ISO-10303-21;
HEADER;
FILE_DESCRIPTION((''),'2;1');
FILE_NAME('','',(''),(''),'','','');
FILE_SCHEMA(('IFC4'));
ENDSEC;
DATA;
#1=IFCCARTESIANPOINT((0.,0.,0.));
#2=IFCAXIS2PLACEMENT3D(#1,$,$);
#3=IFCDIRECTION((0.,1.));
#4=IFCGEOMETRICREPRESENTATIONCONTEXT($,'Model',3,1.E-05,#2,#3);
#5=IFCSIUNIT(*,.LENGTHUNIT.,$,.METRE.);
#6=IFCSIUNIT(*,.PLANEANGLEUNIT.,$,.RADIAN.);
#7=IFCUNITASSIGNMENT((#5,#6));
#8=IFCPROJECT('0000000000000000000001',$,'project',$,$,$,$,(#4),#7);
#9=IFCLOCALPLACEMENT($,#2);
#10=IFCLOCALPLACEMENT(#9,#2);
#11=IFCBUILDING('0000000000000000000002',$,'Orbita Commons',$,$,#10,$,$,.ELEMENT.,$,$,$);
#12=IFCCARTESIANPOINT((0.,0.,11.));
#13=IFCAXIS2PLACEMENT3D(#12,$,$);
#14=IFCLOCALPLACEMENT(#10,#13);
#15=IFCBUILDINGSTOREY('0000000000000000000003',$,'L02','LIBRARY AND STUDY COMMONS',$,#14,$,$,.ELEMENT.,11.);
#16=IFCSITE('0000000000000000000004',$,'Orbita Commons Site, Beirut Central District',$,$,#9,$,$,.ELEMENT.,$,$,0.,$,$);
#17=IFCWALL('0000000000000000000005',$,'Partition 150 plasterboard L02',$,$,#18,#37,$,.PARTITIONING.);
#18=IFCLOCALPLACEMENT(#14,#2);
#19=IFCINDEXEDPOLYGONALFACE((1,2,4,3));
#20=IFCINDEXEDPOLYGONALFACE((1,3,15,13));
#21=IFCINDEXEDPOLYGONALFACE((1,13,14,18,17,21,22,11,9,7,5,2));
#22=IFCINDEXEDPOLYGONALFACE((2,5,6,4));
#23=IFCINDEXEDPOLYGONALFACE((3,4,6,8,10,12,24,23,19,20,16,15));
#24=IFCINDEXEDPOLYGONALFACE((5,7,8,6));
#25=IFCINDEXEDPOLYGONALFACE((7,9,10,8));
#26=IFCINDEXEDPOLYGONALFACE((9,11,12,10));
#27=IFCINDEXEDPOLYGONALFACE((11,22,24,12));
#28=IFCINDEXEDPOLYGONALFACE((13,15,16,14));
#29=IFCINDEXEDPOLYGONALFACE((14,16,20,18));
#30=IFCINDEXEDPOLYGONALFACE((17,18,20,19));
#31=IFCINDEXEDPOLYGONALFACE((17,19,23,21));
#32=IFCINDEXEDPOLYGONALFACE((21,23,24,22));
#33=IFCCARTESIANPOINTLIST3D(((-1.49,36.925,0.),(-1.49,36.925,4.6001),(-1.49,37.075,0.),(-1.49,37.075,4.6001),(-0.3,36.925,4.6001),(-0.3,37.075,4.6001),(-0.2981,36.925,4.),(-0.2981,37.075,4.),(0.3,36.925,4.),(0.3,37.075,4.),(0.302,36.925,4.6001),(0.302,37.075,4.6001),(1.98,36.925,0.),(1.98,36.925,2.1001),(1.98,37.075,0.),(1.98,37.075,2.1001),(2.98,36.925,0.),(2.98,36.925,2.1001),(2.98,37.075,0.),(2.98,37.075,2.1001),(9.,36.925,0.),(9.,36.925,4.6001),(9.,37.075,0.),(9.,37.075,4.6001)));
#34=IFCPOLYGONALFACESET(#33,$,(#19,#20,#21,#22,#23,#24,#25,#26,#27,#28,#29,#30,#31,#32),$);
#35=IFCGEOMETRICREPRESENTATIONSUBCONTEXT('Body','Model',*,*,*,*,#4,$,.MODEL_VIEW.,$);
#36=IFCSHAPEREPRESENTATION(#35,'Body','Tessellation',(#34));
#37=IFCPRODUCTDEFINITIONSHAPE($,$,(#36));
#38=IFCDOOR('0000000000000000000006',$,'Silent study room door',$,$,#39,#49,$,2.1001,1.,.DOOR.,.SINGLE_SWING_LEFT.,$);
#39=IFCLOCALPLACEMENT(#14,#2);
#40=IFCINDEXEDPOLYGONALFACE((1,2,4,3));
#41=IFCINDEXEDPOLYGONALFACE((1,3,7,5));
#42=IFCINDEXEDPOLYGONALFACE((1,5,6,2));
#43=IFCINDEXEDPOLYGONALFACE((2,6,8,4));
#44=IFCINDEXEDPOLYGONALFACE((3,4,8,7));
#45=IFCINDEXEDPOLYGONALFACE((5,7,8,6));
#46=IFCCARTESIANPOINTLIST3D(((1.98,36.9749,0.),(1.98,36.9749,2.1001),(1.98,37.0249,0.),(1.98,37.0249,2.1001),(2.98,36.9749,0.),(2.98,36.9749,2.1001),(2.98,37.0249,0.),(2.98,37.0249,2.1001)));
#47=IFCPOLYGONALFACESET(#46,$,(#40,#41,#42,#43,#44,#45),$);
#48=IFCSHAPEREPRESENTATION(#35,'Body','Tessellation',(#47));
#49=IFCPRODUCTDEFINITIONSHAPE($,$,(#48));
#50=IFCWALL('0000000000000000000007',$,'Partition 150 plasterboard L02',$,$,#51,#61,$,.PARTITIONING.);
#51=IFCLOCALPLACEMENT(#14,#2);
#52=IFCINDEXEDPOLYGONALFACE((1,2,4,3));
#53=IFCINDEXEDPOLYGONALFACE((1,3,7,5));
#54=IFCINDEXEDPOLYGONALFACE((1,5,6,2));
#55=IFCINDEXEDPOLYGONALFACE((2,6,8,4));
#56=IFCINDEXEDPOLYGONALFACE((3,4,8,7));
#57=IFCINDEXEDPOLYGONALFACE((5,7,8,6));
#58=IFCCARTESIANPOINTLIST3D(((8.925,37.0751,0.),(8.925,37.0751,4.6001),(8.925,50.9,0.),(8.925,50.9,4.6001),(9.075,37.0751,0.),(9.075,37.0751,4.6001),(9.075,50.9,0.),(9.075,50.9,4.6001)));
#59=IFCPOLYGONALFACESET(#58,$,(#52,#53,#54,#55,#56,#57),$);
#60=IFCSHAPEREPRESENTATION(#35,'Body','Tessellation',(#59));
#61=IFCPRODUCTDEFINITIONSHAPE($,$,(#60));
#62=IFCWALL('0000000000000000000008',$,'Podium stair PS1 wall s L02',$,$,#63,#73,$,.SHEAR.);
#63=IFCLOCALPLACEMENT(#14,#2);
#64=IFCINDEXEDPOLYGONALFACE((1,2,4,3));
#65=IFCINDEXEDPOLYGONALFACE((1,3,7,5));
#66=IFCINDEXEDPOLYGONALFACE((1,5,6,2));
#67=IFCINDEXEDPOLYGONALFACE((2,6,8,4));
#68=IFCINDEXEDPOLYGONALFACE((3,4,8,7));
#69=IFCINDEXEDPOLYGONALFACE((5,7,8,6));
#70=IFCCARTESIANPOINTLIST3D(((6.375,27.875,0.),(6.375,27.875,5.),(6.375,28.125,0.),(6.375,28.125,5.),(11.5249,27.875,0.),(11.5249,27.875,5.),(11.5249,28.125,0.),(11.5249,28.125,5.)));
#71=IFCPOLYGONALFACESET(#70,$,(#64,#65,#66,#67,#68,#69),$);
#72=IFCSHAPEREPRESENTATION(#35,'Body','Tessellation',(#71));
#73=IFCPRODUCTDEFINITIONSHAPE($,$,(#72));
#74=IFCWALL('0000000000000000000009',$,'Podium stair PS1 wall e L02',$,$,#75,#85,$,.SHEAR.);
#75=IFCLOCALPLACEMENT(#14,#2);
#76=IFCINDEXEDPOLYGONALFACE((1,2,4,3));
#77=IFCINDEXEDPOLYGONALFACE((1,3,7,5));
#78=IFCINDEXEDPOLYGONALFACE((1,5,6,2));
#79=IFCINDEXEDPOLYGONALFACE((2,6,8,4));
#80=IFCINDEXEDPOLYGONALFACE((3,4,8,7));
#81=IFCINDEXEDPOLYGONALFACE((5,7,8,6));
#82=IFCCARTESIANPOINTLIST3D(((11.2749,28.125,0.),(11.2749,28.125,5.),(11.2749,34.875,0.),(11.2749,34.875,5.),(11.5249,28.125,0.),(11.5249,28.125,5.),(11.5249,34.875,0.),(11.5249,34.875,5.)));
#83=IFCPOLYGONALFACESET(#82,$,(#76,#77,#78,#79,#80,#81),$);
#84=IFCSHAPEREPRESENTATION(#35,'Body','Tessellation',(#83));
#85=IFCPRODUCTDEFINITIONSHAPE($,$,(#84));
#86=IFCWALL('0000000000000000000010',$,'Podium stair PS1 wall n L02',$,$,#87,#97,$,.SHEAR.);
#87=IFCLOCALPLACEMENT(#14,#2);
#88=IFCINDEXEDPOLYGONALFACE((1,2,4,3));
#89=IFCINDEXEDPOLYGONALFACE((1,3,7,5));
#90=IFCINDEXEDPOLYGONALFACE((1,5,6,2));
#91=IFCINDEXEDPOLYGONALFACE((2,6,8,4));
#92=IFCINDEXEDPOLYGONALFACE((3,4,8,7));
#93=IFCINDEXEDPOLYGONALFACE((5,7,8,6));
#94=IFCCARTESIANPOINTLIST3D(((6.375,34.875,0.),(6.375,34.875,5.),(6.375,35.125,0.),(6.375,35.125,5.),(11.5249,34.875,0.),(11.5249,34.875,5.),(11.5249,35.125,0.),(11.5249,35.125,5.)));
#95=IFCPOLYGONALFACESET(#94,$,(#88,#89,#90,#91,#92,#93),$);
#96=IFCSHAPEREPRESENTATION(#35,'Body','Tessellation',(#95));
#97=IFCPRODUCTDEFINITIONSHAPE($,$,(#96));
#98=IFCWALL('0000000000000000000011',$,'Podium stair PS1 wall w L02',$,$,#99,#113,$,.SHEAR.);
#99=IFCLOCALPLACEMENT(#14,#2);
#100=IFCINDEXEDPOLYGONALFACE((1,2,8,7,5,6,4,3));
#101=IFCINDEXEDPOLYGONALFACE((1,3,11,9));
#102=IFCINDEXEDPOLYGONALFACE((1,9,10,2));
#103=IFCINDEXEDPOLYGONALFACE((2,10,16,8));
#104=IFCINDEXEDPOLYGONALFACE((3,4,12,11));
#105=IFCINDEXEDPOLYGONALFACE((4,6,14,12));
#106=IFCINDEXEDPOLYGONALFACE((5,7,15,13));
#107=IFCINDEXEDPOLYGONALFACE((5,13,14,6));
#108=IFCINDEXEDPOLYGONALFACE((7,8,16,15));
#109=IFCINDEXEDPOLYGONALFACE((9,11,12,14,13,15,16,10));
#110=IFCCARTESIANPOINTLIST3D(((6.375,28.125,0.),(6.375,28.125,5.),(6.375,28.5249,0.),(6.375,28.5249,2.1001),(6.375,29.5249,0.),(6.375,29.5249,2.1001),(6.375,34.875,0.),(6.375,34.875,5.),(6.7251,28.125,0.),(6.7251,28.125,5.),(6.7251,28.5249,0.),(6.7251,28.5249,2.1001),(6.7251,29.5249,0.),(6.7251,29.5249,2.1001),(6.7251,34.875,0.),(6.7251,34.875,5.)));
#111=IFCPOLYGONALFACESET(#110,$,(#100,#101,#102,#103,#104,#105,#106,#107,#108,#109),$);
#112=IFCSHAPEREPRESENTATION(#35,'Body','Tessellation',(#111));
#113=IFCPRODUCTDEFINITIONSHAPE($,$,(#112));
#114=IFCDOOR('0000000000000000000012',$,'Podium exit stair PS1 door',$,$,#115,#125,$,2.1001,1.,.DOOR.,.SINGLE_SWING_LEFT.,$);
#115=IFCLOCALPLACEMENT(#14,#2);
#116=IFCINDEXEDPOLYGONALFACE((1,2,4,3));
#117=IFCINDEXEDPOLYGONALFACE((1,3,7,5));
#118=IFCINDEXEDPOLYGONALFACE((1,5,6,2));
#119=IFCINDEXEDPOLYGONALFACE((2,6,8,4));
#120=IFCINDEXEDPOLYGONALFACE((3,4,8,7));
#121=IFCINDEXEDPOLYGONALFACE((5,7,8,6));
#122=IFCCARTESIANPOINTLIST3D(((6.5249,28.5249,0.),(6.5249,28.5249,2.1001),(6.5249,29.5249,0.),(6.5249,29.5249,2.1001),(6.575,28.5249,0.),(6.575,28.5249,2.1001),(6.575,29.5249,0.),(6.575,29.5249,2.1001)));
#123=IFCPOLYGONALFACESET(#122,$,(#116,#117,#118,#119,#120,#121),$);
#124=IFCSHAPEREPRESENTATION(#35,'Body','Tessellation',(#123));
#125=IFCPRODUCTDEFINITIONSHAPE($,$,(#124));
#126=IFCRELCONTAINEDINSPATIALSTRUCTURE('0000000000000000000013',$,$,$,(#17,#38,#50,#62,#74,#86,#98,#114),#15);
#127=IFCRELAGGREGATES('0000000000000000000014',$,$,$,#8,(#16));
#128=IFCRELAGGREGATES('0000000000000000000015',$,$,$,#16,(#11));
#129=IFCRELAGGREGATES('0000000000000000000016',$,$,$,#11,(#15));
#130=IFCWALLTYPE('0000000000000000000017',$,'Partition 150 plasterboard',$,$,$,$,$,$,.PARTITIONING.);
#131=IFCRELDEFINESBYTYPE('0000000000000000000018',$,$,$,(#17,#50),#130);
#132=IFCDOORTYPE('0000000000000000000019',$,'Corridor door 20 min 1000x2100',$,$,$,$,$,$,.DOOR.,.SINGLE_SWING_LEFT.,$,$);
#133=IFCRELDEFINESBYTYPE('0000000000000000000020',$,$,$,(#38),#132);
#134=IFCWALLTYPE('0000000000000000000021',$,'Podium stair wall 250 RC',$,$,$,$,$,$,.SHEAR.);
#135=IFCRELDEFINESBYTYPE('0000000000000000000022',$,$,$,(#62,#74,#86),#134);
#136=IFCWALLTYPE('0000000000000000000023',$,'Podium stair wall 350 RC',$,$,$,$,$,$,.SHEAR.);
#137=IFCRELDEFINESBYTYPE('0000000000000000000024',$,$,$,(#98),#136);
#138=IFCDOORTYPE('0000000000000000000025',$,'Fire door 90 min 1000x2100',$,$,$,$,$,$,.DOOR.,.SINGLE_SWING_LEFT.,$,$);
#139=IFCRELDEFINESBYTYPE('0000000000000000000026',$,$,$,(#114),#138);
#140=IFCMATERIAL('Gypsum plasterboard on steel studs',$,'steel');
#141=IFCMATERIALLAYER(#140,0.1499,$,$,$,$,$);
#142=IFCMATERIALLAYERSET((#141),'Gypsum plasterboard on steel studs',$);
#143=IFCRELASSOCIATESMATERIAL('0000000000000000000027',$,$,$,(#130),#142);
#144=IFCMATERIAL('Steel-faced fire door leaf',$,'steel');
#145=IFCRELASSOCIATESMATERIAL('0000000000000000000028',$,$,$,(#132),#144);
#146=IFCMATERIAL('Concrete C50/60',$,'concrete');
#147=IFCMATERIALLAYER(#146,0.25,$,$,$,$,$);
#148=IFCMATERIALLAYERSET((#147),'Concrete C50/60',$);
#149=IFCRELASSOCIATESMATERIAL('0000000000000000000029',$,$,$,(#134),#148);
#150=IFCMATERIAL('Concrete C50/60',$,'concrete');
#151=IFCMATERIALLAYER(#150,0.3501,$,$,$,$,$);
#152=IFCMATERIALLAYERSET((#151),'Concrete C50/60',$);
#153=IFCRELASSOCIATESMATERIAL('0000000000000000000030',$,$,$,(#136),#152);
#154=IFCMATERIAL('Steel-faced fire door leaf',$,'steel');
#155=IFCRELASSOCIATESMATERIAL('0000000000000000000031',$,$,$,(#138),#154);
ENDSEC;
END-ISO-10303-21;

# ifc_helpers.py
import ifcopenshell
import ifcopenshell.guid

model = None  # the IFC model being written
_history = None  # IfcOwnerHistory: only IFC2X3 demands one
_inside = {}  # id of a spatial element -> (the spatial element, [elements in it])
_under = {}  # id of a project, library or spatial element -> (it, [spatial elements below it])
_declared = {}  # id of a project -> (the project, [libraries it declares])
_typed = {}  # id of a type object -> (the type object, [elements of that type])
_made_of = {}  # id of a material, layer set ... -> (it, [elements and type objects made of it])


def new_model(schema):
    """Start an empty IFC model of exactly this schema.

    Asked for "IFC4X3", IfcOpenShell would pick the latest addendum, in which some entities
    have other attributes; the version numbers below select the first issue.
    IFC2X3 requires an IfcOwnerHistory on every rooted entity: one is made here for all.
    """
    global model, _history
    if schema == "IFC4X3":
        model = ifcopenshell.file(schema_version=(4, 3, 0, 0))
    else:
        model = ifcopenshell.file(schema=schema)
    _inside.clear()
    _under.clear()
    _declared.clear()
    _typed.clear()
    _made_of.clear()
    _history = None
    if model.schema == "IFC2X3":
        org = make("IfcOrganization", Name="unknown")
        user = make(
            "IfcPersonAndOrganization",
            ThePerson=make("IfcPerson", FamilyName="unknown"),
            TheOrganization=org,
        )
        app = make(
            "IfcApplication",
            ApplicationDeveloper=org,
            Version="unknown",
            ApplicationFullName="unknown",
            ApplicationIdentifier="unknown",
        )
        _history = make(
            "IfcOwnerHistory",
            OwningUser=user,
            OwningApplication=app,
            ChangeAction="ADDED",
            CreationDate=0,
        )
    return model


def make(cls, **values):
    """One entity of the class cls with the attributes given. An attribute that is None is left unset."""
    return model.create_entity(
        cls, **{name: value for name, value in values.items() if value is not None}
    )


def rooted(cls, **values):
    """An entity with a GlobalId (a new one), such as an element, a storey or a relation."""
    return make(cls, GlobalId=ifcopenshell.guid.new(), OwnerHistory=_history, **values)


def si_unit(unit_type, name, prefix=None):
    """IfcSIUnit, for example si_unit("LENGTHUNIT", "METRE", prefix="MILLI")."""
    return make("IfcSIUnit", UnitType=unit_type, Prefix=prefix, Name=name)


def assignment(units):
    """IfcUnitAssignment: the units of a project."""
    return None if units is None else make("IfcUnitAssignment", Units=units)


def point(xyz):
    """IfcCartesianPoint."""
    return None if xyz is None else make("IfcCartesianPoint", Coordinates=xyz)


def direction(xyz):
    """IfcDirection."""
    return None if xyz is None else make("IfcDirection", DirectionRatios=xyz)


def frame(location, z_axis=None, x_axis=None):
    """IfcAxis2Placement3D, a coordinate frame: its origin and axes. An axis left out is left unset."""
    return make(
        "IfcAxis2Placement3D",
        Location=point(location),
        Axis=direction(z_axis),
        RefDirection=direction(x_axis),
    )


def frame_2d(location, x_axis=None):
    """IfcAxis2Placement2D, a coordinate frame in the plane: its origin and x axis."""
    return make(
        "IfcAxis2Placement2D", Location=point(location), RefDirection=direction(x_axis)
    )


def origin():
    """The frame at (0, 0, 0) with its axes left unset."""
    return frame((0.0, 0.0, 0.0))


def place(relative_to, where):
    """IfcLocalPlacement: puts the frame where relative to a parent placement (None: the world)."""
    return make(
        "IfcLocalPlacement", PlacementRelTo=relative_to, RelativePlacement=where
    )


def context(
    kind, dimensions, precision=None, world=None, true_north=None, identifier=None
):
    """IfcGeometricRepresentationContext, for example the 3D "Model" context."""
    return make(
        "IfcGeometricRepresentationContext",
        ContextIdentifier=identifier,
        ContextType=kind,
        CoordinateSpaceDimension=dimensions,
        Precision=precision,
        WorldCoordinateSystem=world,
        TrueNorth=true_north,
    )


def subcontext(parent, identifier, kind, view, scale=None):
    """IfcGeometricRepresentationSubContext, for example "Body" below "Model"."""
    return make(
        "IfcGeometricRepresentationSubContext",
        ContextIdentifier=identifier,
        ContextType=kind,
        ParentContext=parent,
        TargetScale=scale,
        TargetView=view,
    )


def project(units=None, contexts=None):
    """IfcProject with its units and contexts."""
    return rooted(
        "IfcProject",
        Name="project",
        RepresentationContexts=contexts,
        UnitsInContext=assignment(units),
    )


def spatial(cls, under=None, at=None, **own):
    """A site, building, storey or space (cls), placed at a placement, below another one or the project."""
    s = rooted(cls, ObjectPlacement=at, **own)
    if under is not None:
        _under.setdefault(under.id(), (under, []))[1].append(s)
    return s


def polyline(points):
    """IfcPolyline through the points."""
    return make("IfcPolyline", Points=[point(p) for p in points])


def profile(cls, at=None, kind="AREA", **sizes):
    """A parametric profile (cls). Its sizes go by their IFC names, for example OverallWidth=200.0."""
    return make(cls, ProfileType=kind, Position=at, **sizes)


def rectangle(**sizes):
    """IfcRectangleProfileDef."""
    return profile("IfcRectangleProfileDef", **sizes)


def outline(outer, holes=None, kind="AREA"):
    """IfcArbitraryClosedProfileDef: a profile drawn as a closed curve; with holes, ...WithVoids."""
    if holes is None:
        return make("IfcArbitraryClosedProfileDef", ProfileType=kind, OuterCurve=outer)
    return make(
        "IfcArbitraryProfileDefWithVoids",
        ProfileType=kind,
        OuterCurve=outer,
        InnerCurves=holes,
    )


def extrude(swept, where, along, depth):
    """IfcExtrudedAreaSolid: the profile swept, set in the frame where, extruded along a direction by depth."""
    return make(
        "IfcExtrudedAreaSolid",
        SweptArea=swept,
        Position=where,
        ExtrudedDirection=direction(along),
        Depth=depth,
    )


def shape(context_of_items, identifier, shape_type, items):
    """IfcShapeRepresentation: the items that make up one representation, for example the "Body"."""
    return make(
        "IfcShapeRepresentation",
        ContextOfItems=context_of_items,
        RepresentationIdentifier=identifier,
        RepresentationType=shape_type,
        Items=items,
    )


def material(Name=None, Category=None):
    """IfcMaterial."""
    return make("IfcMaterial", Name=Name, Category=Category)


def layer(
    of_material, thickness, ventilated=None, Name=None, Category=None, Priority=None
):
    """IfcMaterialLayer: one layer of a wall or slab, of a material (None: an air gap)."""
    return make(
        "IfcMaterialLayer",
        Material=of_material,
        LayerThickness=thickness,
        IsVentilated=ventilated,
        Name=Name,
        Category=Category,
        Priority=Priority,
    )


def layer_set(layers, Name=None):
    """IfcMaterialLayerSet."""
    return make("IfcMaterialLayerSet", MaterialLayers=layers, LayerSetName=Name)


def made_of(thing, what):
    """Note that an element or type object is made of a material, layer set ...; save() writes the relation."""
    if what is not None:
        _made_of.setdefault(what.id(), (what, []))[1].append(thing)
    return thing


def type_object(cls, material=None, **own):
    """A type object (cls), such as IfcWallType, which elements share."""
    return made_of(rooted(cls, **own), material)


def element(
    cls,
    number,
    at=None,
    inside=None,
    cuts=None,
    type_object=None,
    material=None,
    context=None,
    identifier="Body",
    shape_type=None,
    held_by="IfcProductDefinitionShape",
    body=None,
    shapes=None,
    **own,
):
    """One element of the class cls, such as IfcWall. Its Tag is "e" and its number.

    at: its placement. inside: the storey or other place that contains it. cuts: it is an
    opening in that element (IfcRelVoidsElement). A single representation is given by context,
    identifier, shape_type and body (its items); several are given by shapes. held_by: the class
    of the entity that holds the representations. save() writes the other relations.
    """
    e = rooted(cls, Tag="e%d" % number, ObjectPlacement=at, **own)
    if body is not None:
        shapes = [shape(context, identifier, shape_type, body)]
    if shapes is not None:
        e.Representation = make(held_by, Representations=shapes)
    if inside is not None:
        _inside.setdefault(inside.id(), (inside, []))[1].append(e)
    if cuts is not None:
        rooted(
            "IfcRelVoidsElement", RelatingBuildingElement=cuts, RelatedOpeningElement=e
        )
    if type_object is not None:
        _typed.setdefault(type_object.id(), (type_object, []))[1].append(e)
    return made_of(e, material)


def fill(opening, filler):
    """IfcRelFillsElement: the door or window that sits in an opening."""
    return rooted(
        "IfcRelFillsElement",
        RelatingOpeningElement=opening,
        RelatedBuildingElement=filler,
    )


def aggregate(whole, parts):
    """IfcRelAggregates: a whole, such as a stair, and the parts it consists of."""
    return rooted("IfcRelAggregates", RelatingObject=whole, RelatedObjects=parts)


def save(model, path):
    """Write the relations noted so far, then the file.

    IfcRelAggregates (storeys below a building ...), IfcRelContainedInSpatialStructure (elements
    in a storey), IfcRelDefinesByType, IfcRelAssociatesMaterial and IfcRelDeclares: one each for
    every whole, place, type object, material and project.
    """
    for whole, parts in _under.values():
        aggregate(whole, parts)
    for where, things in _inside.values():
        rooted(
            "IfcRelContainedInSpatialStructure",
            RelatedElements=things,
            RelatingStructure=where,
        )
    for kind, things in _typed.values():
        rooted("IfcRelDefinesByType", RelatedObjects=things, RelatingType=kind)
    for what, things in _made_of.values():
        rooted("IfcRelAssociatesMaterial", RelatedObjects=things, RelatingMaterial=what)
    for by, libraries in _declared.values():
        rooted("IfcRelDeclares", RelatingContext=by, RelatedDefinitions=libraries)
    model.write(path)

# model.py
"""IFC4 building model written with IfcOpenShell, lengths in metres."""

from ifc_helpers import new_model, si_unit, direction, frame, frame_2d, origin, place, context, subcontext, project, spatial, polyline, rectangle, outline, extrude, material, layer, layer_set, type_object, element, fill, save


model = new_model("IFC4")

# Units and contexts
model_context = context("Model", 3, precision=1e-05, world=origin(), true_north=direction((0.0, 1.0)))
body_context = subcontext(model_context, "Body", "Model", "MODEL_VIEW")
ifc_project = project(units=[si_unit("LENGTHUNIT", "METRE"), si_unit("PLANEANGLEUNIT", "RADIAN")], contexts=[model_context])

# Site, building, storey
site_placement = place(None, origin())
site = spatial("IfcSite", under=ifc_project, at=site_placement, Name="Orbita Commons Site, Beirut Central District", CompositionType="ELEMENT", RefElevation=0.0)
building_placement = place(site_placement, origin())
building = spatial("IfcBuilding", under=site, at=building_placement, Name="Orbita Commons", CompositionType="ELEMENT")
storey_placement = place(building_placement, frame((0.0, 0.0, 11.0)))
storey = spatial("IfcBuildingStorey", under=building, at=storey_placement, Name="L02", Description="LIBRARY AND STUDY COMMONS", CompositionType="ELEMENT", Elevation=11.0)

# Wall, opening, door
ifc_material_1 = material(Name="Gypsum plasterboard on steel studs", Category="steel")
ifc_layer_1 = layer(ifc_material_1, 0.1499)
ifc_layer_set_1 = layer_set([ifc_layer_1], Name="Gypsum plasterboard on steel studs")
wall_type_1 = type_object("IfcWallType", Name="Partition 150 plasterboard", PredefinedType="PARTITIONING", material=ifc_layer_set_1)
ifc_material_2 = material(Name="Steel-faced fire door leaf", Category="steel")
door_type_1 = type_object("IfcDoorType", Name="Corridor door 20 min 1000x2100", OperationType="SINGLE_SWING_LEFT", PredefinedType="DOOR", material=ifc_material_2)
wall_1_placement = place(storey_placement, frame((-1.49, 37.0, 0.0), z_axis=(0.0, 0.0, 1.0), x_axis=(1.0, 0.0, 0.0)))
wall_1 = element("IfcWall", 1, at=wall_1_placement, inside=storey, type_object=wall_type_1, Name="Partition 150 plasterboard L02", PredefinedType="PARTITIONING", context=body_context, shape_type="SweptSolid", body=[
    extrude(outline(polyline([(0.0, 0.0), (10.49, 0.0), (10.49, 4.6001), (1.792, 4.6001), (1.79, 4.0), (1.1919, 4.0), (1.1899, 4.6001), (0.0, 4.6001), (0.0, 0.0)])), frame((0.0, 0.075, 0.0), z_axis=(0.0, -1.0, 0.0), x_axis=(1.0, 0.0, 0.0)), (0.0, 0.0, 1.0), 0.1499),
])
opening_1_placement = place(wall_1_placement, frame((3.47, 0.0, 0.0)))
opening_1 = element("IfcOpeningElement", 2, at=opening_1_placement, cuts=wall_1, PredefinedType="OPENING", context=body_context, shape_type="SweptSolid", body=[
    extrude(rectangle(XDim=1.0, YDim=2.1001, at=frame_2d((0.5, 1.05))), frame((0.0, 0.085, 0.0), z_axis=(0.0, -1.0, 0.0), x_axis=(1.0, 0.0, 0.0)), (0.0, 0.0, 1.0), 0.1699),
])
door_1_placement = place(opening_1_placement, origin())
door_1 = element("IfcDoor", 3, at=door_1_placement, inside=storey, type_object=door_type_1, Name="Silent study room door", OperationType="SINGLE_SWING_LEFT", OverallHeight=2.1001, OverallWidth=1.0, PredefinedType="DOOR", context=body_context, shape_type="SweptSolid", body=[
    extrude(rectangle(XDim=1.0, YDim=2.1001, at=frame_2d((0.5, 1.05))), frame((0.0, 0.0249, 0.0), z_axis=(0.0, -1.0, 0.0), x_axis=(1.0, 0.0, 0.0)), (0.0, 0.0, 1.0), 0.05),
])
fill(opening_1, door_1)

# Walls
wall_2_placement = place(storey_placement, frame((9.0, 37.075, 0.0), z_axis=(0.0, 0.0, 1.0), x_axis=(0.0, 1.0, 0.0)))
element("IfcWall", 4, at=wall_2_placement, inside=storey, type_object=wall_type_1, Name="Partition 150 plasterboard L02", PredefinedType="PARTITIONING", context=body_context, shape_type="SweptSolid", body=[
    extrude(rectangle(XDim=13.825, YDim=0.1499, at=frame_2d((6.9126, 0.0))), origin(), (0.0, 0.0, 1.0), 4.6001),
])
ifc_material_3 = material(Name="Concrete C50/60", Category="concrete")
ifc_layer_2 = layer(ifc_material_3, 0.25)
ifc_layer_set_2 = layer_set([ifc_layer_2], Name="Concrete C50/60")
wall_type_2 = type_object("IfcWallType", Name="Podium stair wall 250 RC", PredefinedType="SHEAR", material=ifc_layer_set_2)
wall_3_placement = place(storey_placement, frame((6.375, 28.0, 0.0), z_axis=(0.0, 0.0, 1.0), x_axis=(1.0, 0.0, 0.0)))
element("IfcWall", 5, at=wall_3_placement, inside=storey, type_object=wall_type_2, Name="Podium stair PS1 wall s L02", PredefinedType="SHEAR", context=body_context, shape_type="SweptSolid", body=[
    extrude(rectangle(XDim=5.1499, YDim=0.25, at=frame_2d((2.575, 0.0))), origin(), (0.0, 0.0, 1.0), 5.0),
])
wall_4_placement = place(storey_placement, frame((11.3999, 28.125, 0.0), z_axis=(0.0, 0.0, 1.0), x_axis=(0.0, 1.0, 0.0)))
element("IfcWall", 6, at=wall_4_placement, inside=storey, type_object=wall_type_2, Name="Podium stair PS1 wall e L02", PredefinedType="SHEAR", context=body_context, shape_type="SweptSolid", body=[
    extrude(rectangle(XDim=6.75, YDim=0.25, at=frame_2d((3.375, 0.0))), origin(), (0.0, 0.0, 1.0), 5.0),
])
wall_5_placement = place(storey_placement, frame((11.5249, 35.0, 0.0), z_axis=(0.0, 0.0, 1.0), x_axis=(-1.0, 0.0, 0.0)))
element("IfcWall", 7, at=wall_5_placement, inside=storey, type_object=wall_type_2, Name="Podium stair PS1 wall n L02", PredefinedType="SHEAR", context=body_context, shape_type="SweptSolid", body=[
    extrude(rectangle(XDim=5.1499, YDim=0.25, at=frame_2d((2.575, 0.0))), origin(), (0.0, 0.0, 1.0), 5.0),
])

# Wall, opening, door
ifc_material_4 = material(Name="Concrete C50/60", Category="concrete")
ifc_layer_3 = layer(ifc_material_4, 0.3501)
ifc_layer_set_3 = layer_set([ifc_layer_3], Name="Concrete C50/60")
wall_type_3 = type_object("IfcWallType", Name="Podium stair wall 350 RC", PredefinedType="SHEAR", material=ifc_layer_set_3)
wall_6_placement = place(storey_placement, frame((6.55, 34.875, 0.0), z_axis=(0.0, 0.0, 1.0), x_axis=(0.0, -1.0, 0.0)))
wall_6 = element("IfcWall", 8, at=wall_6_placement, inside=storey, type_object=wall_type_3, Name="Podium stair PS1 wall w L02", PredefinedType="SHEAR", context=body_context, shape_type="SweptSolid", body=[
    extrude(rectangle(XDim=6.75, YDim=0.3501, at=frame_2d((3.375, 0.0))), origin(), (0.0, 0.0, 1.0), 5.0),
])
opening_2_placement = place(wall_6_placement, frame((5.3501, 0.0, 0.0)))
opening_2 = element("IfcOpeningElement", 9, at=opening_2_placement, cuts=wall_6, PredefinedType="OPENING", context=body_context, shape_type="SweptSolid", body=[
    extrude(rectangle(XDim=1.0, YDim=2.1001, at=frame_2d((0.5, 1.05))), frame((0.0, 0.1851, 0.0), z_axis=(0.0, -1.0, 0.0), x_axis=(1.0, 0.0, 0.0)), (0.0, 0.0, 1.0), 0.3701),
])
ifc_material_5 = material(Name="Steel-faced fire door leaf", Category="steel")
door_type_2 = type_object("IfcDoorType", Name="Fire door 90 min 1000x2100", OperationType="SINGLE_SWING_LEFT", PredefinedType="DOOR", material=ifc_material_5)
door_2_placement = place(opening_2_placement, origin())
door_2 = element("IfcDoor", 10, at=door_2_placement, inside=storey, type_object=door_type_2, Name="Podium exit stair PS1 door", OperationType="SINGLE_SWING_LEFT", OverallHeight=2.1001, OverallWidth=1.0, PredefinedType="DOOR", context=body_context, shape_type="SweptSolid", body=[
    extrude(rectangle(XDim=1.0, YDim=2.1001, at=frame_2d((0.5, 1.05))), frame((0.0, 0.0249, 0.0), z_axis=(0.0, -1.0, 0.0), x_axis=(1.0, 0.0, 0.0)), (0.0, 0.0, 1.0), 0.05),
])
fill(opening_2, door_2)

save(model, "model.ifc")
